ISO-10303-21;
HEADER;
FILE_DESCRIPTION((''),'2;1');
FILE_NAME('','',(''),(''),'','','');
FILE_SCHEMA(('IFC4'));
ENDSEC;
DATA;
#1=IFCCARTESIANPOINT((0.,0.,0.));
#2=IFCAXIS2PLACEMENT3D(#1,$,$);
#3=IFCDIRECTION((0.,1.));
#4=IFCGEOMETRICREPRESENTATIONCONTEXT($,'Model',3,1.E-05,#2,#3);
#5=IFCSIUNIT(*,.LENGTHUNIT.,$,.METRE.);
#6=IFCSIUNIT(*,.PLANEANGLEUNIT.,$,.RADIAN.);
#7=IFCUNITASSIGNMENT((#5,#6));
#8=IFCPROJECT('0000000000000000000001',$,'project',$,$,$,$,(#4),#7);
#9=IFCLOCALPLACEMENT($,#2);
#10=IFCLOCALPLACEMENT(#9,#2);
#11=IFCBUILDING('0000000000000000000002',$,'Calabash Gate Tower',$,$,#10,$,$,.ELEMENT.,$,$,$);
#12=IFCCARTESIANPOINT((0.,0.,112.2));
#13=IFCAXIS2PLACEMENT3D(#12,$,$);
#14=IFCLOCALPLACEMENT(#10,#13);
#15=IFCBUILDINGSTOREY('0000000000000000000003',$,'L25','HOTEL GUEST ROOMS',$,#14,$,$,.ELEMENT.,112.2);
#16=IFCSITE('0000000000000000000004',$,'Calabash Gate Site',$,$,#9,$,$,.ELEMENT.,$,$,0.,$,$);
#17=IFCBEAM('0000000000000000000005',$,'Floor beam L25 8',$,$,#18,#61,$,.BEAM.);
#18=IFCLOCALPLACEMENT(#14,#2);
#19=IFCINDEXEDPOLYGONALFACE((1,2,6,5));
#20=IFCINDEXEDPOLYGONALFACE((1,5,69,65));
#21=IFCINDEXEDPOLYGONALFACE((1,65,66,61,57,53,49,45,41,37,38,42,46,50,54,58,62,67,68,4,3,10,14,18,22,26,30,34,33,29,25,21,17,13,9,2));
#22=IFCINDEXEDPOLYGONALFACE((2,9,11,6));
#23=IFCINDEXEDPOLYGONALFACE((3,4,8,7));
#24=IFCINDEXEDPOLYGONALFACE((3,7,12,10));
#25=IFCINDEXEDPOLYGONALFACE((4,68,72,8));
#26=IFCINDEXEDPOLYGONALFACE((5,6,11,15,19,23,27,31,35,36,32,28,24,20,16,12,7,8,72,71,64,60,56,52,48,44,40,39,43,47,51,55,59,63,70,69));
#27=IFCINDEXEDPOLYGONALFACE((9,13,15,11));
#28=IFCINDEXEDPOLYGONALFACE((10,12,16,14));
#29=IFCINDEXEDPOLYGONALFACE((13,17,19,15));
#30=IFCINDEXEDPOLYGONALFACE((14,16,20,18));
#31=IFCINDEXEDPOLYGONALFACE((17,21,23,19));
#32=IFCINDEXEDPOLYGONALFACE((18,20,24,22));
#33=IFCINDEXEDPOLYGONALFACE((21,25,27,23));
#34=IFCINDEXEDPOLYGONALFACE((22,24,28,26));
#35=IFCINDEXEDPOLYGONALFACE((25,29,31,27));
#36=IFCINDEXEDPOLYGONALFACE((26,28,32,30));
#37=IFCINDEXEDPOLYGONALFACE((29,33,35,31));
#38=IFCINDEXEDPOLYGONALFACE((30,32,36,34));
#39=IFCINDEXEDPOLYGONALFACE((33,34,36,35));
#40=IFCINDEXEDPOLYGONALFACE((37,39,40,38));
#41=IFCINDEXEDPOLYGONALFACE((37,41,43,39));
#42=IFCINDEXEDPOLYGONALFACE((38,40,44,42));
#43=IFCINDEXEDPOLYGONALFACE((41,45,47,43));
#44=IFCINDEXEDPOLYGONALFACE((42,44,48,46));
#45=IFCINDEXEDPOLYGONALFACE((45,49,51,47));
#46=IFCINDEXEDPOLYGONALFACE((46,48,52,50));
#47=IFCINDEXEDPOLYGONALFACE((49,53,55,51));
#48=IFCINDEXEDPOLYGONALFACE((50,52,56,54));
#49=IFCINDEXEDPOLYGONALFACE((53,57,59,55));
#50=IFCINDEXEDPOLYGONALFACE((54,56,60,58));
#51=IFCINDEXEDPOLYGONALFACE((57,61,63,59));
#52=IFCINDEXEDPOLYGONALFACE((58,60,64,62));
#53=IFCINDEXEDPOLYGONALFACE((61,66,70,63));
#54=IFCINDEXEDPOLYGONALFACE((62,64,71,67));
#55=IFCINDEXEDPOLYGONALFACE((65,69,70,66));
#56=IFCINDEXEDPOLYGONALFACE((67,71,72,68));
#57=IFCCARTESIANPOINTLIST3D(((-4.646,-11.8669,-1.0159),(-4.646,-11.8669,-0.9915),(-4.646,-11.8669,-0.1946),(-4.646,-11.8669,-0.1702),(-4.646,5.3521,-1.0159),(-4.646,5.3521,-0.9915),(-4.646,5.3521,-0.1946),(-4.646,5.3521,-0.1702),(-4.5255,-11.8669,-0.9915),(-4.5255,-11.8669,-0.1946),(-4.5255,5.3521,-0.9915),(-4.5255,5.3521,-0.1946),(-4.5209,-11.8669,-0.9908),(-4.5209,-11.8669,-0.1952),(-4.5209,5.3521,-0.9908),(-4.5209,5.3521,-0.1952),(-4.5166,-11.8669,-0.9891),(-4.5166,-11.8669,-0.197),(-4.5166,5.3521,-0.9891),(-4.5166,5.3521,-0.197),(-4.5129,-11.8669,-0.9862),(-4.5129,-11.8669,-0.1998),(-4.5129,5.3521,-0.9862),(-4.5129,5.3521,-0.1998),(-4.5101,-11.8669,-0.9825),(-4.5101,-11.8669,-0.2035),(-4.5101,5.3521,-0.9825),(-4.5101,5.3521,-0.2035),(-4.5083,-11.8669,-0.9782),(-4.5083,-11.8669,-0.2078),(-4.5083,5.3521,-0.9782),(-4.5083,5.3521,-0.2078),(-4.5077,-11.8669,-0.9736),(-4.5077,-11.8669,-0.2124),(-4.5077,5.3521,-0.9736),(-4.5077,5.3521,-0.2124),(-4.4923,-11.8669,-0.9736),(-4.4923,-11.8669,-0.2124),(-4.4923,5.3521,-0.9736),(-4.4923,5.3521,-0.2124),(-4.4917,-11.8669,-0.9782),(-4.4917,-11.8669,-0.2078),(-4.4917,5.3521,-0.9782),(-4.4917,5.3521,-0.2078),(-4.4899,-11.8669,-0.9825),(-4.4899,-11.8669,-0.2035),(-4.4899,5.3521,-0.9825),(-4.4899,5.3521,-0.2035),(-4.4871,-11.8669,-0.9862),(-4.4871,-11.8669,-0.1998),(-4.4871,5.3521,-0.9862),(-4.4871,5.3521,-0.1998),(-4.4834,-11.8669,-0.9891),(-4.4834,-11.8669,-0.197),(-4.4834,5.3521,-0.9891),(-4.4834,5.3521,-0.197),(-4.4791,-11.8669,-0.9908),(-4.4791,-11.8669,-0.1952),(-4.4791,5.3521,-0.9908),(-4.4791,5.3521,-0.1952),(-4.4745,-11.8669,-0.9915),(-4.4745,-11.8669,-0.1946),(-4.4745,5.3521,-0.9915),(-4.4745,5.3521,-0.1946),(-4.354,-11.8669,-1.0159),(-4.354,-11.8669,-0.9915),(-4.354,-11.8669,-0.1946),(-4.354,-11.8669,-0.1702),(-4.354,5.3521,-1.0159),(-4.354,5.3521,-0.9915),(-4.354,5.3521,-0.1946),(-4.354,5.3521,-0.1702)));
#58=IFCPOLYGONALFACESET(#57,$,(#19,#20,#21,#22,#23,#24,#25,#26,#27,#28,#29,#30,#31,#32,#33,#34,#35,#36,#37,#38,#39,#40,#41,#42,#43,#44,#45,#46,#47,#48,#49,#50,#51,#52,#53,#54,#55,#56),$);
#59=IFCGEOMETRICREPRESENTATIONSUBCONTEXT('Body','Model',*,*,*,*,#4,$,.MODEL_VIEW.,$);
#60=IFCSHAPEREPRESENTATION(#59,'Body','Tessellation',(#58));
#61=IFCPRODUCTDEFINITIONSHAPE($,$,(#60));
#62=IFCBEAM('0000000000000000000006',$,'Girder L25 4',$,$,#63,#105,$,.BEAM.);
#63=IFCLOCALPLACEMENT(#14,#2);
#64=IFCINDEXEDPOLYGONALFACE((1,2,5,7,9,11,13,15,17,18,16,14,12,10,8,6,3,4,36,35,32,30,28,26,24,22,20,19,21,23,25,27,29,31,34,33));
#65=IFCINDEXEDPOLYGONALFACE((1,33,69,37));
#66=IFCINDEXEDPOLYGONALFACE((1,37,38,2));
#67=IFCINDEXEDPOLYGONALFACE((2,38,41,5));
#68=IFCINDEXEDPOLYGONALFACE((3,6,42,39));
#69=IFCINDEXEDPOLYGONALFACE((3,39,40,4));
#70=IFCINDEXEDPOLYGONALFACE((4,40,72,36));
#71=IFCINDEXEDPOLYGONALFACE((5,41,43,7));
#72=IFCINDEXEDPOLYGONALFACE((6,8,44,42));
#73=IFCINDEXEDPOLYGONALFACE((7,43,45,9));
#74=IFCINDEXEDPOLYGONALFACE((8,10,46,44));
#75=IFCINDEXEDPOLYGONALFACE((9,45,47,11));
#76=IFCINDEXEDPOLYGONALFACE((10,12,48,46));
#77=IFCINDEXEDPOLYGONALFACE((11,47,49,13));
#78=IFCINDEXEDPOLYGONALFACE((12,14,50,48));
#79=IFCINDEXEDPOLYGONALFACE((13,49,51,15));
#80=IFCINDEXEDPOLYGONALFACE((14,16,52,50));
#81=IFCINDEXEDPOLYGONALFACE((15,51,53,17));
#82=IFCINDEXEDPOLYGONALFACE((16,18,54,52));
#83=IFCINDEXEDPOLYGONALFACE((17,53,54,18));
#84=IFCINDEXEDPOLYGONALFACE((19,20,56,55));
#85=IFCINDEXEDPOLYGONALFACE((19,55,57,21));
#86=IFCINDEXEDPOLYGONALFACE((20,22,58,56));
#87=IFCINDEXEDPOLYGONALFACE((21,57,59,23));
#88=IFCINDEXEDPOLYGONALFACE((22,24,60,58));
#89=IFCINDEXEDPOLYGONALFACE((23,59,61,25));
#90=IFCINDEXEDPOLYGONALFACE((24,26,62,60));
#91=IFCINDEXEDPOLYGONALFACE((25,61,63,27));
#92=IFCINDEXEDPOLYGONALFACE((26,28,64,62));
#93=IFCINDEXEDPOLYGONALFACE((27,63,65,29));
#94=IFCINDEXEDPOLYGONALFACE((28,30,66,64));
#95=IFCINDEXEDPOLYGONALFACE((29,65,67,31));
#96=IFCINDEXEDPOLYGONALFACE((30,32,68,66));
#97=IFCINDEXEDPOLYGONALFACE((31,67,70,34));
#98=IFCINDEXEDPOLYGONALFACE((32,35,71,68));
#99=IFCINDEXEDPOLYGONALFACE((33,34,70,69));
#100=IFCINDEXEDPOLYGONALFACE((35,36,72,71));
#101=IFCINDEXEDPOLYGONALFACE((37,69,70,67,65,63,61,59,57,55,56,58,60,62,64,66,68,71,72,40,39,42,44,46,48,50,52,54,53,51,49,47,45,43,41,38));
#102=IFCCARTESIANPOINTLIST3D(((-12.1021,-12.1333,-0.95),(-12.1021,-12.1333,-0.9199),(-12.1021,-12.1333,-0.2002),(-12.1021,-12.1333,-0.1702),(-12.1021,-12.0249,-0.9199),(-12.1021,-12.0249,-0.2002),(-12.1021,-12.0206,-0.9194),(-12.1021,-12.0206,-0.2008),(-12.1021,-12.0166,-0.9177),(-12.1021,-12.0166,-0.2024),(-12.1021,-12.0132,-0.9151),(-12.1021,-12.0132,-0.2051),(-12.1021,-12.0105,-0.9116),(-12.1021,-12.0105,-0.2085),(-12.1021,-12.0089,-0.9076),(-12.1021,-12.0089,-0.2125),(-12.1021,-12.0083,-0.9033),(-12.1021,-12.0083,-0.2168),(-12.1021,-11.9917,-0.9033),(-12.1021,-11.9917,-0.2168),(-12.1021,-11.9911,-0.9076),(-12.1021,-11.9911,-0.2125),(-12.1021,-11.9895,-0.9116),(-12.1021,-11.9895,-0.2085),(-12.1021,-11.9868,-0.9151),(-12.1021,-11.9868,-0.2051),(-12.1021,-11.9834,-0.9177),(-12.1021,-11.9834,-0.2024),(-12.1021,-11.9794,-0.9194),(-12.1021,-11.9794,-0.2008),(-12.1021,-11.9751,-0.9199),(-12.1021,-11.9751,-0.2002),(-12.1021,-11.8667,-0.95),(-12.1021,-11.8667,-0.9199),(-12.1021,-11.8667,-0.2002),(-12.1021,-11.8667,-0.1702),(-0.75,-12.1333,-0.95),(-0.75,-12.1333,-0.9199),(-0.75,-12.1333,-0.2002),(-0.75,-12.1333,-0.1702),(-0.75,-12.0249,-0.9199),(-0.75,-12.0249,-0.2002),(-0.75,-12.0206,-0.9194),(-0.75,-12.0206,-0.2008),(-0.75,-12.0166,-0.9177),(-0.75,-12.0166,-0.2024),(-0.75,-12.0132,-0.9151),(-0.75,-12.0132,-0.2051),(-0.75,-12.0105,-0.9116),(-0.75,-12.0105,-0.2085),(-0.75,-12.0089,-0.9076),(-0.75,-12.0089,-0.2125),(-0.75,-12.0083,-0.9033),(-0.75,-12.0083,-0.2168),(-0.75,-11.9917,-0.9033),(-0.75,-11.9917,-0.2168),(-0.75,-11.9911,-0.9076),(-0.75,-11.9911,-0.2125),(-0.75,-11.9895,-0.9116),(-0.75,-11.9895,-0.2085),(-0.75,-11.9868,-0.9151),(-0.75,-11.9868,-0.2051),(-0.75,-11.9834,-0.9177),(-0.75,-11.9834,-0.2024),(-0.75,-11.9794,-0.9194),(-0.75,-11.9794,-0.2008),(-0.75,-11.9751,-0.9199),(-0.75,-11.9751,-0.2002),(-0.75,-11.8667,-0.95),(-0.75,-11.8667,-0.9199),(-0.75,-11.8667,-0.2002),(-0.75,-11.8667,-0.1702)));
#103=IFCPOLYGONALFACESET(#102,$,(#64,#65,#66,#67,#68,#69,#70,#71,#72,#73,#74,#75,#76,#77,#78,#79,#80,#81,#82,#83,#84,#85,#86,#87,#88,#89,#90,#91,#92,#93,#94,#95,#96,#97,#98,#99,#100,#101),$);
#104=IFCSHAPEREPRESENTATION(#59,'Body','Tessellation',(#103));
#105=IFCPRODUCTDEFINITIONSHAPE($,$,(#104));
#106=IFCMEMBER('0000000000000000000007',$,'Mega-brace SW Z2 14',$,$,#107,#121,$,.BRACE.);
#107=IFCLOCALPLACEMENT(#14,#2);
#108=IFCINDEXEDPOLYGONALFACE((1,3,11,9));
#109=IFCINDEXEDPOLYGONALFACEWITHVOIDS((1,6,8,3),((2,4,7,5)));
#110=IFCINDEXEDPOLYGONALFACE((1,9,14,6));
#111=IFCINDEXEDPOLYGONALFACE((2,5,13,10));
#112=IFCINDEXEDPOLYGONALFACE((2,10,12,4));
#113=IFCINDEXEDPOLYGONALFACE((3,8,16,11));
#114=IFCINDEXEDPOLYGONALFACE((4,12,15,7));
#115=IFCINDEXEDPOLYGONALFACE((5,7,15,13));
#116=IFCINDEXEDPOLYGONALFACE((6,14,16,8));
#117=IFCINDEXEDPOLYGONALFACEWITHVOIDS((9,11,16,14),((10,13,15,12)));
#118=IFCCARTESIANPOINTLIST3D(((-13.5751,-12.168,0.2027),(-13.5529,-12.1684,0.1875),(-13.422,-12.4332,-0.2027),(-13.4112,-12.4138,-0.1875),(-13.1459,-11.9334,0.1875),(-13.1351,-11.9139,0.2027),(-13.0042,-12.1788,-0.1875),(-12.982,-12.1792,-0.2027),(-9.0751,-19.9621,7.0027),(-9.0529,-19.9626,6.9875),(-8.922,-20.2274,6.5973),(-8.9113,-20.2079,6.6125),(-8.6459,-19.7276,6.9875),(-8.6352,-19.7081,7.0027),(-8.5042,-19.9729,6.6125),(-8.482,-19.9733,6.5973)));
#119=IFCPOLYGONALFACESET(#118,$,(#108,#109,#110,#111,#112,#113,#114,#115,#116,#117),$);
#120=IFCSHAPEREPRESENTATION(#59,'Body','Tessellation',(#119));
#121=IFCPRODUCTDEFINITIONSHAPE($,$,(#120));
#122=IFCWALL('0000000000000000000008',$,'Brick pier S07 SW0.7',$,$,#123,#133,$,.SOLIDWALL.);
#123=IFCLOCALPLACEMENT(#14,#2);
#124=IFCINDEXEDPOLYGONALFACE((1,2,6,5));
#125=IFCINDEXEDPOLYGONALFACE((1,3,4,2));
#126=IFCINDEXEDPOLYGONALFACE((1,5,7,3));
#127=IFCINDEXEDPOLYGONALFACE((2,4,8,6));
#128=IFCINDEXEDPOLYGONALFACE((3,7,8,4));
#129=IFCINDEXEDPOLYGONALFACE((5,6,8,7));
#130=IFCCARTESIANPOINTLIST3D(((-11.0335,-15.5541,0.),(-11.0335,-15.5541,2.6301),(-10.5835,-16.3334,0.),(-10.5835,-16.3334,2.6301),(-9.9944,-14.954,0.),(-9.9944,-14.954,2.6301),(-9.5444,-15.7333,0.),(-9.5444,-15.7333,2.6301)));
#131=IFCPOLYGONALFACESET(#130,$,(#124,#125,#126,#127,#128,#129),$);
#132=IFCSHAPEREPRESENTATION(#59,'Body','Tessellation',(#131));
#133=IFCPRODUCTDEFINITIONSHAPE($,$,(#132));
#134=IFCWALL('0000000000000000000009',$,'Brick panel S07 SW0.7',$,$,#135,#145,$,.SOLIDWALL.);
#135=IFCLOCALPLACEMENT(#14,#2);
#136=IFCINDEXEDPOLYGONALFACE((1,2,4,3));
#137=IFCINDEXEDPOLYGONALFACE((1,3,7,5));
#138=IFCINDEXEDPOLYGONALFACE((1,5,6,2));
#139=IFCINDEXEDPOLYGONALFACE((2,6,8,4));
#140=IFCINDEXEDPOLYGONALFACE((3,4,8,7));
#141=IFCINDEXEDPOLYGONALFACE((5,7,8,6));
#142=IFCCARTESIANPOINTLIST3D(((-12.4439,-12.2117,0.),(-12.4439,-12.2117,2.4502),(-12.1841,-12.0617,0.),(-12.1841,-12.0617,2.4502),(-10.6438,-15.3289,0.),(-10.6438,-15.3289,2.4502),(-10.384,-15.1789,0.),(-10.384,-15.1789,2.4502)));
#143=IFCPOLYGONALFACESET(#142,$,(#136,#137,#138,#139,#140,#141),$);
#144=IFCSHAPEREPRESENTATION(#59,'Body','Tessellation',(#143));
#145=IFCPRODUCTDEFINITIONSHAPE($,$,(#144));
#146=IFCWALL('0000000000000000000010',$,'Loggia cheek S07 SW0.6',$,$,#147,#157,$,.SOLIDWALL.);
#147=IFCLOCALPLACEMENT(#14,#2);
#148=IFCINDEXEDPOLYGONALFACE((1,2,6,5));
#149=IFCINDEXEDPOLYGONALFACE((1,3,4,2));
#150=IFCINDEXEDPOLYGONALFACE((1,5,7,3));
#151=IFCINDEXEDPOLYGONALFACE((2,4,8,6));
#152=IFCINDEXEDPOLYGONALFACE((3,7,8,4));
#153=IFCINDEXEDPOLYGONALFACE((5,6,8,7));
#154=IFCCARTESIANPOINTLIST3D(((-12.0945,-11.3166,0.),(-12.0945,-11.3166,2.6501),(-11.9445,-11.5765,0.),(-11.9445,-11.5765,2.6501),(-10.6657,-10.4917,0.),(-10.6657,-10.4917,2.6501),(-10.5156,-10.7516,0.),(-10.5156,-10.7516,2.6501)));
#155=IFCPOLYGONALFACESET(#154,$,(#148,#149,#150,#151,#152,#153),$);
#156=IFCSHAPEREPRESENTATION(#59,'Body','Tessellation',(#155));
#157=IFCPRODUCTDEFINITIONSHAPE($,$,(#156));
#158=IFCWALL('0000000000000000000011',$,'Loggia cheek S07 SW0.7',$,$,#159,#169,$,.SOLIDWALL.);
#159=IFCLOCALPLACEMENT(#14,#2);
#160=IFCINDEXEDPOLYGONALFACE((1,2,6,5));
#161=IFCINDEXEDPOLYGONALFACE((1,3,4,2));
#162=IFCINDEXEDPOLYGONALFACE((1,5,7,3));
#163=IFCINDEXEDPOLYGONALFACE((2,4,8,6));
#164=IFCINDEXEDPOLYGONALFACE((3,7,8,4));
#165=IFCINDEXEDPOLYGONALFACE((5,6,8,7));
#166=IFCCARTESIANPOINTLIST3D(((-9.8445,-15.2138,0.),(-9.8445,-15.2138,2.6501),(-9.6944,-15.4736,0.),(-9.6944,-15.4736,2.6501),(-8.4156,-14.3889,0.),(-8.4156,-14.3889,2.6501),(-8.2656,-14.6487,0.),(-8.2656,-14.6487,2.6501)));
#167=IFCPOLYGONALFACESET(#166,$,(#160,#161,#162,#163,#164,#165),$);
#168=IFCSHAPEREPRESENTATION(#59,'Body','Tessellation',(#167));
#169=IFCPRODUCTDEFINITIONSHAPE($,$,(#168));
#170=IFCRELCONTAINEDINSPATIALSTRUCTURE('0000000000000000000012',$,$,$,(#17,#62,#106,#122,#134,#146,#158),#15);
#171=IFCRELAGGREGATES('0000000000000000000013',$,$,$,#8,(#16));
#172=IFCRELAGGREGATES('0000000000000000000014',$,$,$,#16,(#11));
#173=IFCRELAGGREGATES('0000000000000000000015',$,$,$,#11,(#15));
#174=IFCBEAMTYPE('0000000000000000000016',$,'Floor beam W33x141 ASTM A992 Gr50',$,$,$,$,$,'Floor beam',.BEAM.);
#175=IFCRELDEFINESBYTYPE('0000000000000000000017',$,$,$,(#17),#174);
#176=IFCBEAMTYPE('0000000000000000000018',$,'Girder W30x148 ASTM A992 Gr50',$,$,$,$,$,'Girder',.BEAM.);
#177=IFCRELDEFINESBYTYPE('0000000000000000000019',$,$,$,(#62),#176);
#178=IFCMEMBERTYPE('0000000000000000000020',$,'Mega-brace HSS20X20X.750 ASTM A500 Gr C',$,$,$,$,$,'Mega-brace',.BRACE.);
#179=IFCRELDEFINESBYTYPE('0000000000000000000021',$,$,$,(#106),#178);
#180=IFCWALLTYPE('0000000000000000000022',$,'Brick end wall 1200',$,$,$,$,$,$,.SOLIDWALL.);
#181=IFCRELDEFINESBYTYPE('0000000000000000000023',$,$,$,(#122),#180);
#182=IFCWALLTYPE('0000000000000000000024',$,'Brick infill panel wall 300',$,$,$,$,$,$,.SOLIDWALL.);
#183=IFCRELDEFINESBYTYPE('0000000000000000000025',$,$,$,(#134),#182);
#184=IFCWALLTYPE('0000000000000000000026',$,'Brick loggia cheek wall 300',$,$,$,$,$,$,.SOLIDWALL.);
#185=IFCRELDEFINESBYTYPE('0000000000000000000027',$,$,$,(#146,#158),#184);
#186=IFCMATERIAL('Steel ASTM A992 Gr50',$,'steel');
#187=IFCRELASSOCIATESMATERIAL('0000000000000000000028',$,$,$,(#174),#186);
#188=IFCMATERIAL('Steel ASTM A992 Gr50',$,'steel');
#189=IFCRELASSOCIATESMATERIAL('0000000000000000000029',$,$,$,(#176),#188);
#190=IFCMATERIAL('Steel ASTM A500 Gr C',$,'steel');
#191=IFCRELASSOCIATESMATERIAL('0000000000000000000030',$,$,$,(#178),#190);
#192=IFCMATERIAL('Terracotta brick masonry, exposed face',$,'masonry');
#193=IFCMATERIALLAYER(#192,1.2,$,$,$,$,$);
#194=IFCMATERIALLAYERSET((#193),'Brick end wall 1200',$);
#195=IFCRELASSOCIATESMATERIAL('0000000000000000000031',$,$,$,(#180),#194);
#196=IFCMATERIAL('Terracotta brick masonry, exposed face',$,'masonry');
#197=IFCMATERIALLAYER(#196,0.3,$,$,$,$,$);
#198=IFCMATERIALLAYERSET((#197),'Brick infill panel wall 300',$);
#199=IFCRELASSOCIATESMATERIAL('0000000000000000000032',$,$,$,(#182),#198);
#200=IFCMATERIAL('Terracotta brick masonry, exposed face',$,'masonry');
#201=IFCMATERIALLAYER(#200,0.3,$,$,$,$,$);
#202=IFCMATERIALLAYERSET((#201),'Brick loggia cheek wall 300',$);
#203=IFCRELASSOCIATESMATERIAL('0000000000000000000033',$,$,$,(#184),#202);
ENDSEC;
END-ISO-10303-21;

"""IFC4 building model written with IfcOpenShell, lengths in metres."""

from ifc_helpers import new_model, si_unit, direction, frame, frame_2d, origin, origin_2d, place, context, subcontext, project, spatial, rectangle, hollow_rectangle, i_section, extrude, material, layer, layer_set, material_profile, profile_set, type_object, element, save


model = new_model("IFC4")

# Units and contexts
model_context = context("Model", 3, precision=1e-05, world=origin(), true_north=direction((0.0, 1.0)))
body_context = subcontext(model_context, "Body", "Model", "MODEL_VIEW")
ifc_project = project(units=[si_unit("LENGTHUNIT", "METRE"), si_unit("PLANEANGLEUNIT", "RADIAN")], contexts=[model_context])

# Site, building, storey
site_placement = place(None, origin())
site = spatial("IfcSite", under=ifc_project, at=site_placement, Name="Calabash Gate Site", CompositionType="ELEMENT", RefElevation=0.0)
building_placement = place(site_placement, origin())
building = spatial("IfcBuilding", under=site, at=building_placement, Name="Calabash Gate Tower", CompositionType="ELEMENT")
storey_placement = place(building_placement, frame((0.0, 0.0, 112.2)))
storey = spatial("IfcBuildingStorey", under=building, at=storey_placement, Name="L25", Description="HOTEL GUEST ROOMS", CompositionType="ELEMENT", Elevation=112.2)

# Beams
ifc_material_1 = material(Name="Steel ASTM A992 Gr50", Category="steel")
ifc_material_profile_1 = material_profile(ifc_material_1, i_section(OverallWidth=0.292, OverallDepth=0.8457, WebThickness=0.0154, FlangeThickness=0.0244, FilletRadius=0.0178, at=origin_2d()))
ifc_profile_set_1 = profile_set([ifc_material_profile_1], Name="Steel ASTM A992 Gr50")
beam_type_1 = type_object("IfcBeamType", Name="Floor beam W33x141 ASTM A992 Gr50", ElementType="Floor beam", PredefinedType="BEAM", material=ifc_profile_set_1)
beam_1_placement = place(storey_placement, frame((-4.5, -11.8669, -0.593), z_axis=(0.0, 1.0, 0.0), x_axis=(-1.0, 0.0, 0.0)))
element("IfcBeam", 1, at=beam_1_placement, inside=storey, type_object=beam_type_1, Name="Floor beam L25 8", PredefinedType="BEAM", context=body_context, shape_type="SweptSolid", body=[
    extrude(i_section(OverallWidth=0.292, OverallDepth=0.8457, WebThickness=0.0154, FlangeThickness=0.0244, FilletRadius=0.0178, at=origin_2d()), origin(), (0.0, 0.0, 1.0), 17.219),
])
ifc_material_2 = material(Name="Steel ASTM A992 Gr50", Category="steel")
ifc_material_profile_2 = material_profile(ifc_material_2, i_section(OverallWidth=0.2666, OverallDepth=0.7798, WebThickness=0.0166, FlangeThickness=0.03, FilletRadius=0.0166, at=origin_2d()))
ifc_profile_set_2 = profile_set([ifc_material_profile_2], Name="Steel ASTM A992 Gr50")
beam_type_2 = type_object("IfcBeamType", Name="Girder W30x148 ASTM A992 Gr50", ElementType="Girder", PredefinedType="BEAM", material=ifc_profile_set_2)
beam_2_placement = place(storey_placement, frame((-12.1021, -12.0, -0.5601), z_axis=(1.0, 0.0, 0.0), x_axis=(0.0, 1.0, 0.0)))
element("IfcBeam", 2, at=beam_2_placement, inside=storey, type_object=beam_type_2, Name="Girder L25 4", PredefinedType="BEAM", context=body_context, shape_type="SweptSolid", body=[
    extrude(i_section(OverallWidth=0.2666, OverallDepth=0.7798, WebThickness=0.0166, FlangeThickness=0.03, FilletRadius=0.0166, at=origin_2d()), origin(), (0.0, 0.0, 1.0), 11.3521),
])

# Member
ifc_material_3 = material(Name="Steel ASTM A500 Gr C", Category="steel")
ifc_material_profile_3 = material_profile(ifc_material_3, hollow_rectangle(XDim=0.5081, YDim=0.5081, WallThickness=0.019, at=origin_2d()))
ifc_profile_set_3 = profile_set([ifc_material_profile_3], Name="Steel ASTM A500 Gr C")
member_type = type_object("IfcMemberType", Name="Mega-brace HSS20X20X.750 ASTM A500 Gr C", ElementType="Mega-brace", PredefinedType="BRACE", material=ifc_profile_set_3)
member_placement = place(storey_placement, frame((-13.2786, -12.1736, 0.0), z_axis=(0.398934, -0.69097, 0.602837), x_axis=(0.866024, 0.500002, 0.0)))
element("IfcMember", 3, at=member_placement, inside=storey, type_object=member_type, Name="Mega-brace SW Z2 14", PredefinedType="BRACE", context=body_context, shape_type="SweptSolid", body=[
    extrude(hollow_rectangle(XDim=0.5081, YDim=0.5081, WallThickness=0.019, at=origin_2d()), origin(), (0.0, 0.0, 1.0), 11.28),
])

# Walls
ifc_material_4 = material(Name="Terracotta brick masonry, exposed face", Category="masonry")
ifc_layer_1 = layer(ifc_material_4, 1.2)
ifc_layer_set_1 = layer_set([ifc_layer_1], Name="Brick end wall 1200")
wall_type_1 = type_object("IfcWallType", Name="Brick end wall 1200", PredefinedType="SOLIDWALL", material=ifc_layer_set_1)
wall_1_placement = place(storey_placement, frame((-10.8086, -15.9438, 0.0), z_axis=(0.0, 0.0, 1.0), x_axis=(0.865955, 0.500122, 0.0)))
element("IfcWall", 4, at=wall_1_placement, inside=storey, type_object=wall_type_1, Name="Brick pier S07 SW0.7", PredefinedType="SOLIDWALL", context=body_context, shape_type="SweptSolid", body=[
    extrude(rectangle(XDim=1.2, YDim=0.8999, at=frame_2d((0.6001, 0.0))), origin(), (0.0, 0.0, 1.0), 2.6301),
])
ifc_material_5 = material(Name="Terracotta brick masonry, exposed face", Category="masonry")
ifc_layer_2 = layer(ifc_material_5, 0.3)
ifc_layer_set_2 = layer_set([ifc_layer_2], Name="Brick infill panel wall 300")
wall_type_2 = type_object("IfcWallType", Name="Brick infill panel wall 300", PredefinedType="SOLIDWALL", material=ifc_layer_set_2)
wall_2_placement = place(storey_placement, frame((-10.5139, -15.2539, 0.0), z_axis=(0.0, 0.0, 1.0), x_axis=(-0.500071, 0.865985, 0.0)))
element("IfcWall", 5, at=wall_2_placement, inside=storey, type_object=wall_type_2, Name="Brick panel S07 SW0.7", PredefinedType="SOLIDWALL", context=body_context, shape_type="SweptSolid", body=[
    extrude(rectangle(XDim=3.5996, YDim=0.3, at=frame_2d((1.7998, 0.0))), origin(), (0.0, 0.0, 1.0), 2.4502),
])
ifc_material_6 = material(Name="Terracotta brick masonry, exposed face", Category="masonry")
ifc_layer_3 = layer(ifc_material_6, 0.3)
ifc_layer_set_3 = layer_set([ifc_layer_3], Name="Brick loggia cheek wall 300")
wall_type_3 = type_object("IfcWallType", Name="Brick loggia cheek wall 300", PredefinedType="SOLIDWALL", material=ifc_layer_set_3)
for number, where, z_axis, x_axis, name in (
    (6, (-12.0195, -11.4465, 0.0), (0.0, 0.0, 1.0), (0.86604, 0.499974, 0.0), "Loggia cheek S07 SW0.6"),
    (7, (-8.3406, -14.5188, 0.0), (0.0, 0.0, 1.0), (-0.86604, -0.499974, 0.0), "Loggia cheek S07 SW0.7"),
):
    element("IfcWall", number, at=place(storey_placement, frame(where, z_axis=z_axis, x_axis=x_axis)), inside=storey, type_object=wall_type_3, Name=name, PredefinedType="SOLIDWALL", context=body_context, shape_type="SweptSolid", body=[
        extrude(rectangle(XDim=1.6499, YDim=0.3, at=frame_2d((0.825, 0.0))), origin(), (0.0, 0.0, 1.0), 2.6501),
    ])

save(model, "model.ifc")
